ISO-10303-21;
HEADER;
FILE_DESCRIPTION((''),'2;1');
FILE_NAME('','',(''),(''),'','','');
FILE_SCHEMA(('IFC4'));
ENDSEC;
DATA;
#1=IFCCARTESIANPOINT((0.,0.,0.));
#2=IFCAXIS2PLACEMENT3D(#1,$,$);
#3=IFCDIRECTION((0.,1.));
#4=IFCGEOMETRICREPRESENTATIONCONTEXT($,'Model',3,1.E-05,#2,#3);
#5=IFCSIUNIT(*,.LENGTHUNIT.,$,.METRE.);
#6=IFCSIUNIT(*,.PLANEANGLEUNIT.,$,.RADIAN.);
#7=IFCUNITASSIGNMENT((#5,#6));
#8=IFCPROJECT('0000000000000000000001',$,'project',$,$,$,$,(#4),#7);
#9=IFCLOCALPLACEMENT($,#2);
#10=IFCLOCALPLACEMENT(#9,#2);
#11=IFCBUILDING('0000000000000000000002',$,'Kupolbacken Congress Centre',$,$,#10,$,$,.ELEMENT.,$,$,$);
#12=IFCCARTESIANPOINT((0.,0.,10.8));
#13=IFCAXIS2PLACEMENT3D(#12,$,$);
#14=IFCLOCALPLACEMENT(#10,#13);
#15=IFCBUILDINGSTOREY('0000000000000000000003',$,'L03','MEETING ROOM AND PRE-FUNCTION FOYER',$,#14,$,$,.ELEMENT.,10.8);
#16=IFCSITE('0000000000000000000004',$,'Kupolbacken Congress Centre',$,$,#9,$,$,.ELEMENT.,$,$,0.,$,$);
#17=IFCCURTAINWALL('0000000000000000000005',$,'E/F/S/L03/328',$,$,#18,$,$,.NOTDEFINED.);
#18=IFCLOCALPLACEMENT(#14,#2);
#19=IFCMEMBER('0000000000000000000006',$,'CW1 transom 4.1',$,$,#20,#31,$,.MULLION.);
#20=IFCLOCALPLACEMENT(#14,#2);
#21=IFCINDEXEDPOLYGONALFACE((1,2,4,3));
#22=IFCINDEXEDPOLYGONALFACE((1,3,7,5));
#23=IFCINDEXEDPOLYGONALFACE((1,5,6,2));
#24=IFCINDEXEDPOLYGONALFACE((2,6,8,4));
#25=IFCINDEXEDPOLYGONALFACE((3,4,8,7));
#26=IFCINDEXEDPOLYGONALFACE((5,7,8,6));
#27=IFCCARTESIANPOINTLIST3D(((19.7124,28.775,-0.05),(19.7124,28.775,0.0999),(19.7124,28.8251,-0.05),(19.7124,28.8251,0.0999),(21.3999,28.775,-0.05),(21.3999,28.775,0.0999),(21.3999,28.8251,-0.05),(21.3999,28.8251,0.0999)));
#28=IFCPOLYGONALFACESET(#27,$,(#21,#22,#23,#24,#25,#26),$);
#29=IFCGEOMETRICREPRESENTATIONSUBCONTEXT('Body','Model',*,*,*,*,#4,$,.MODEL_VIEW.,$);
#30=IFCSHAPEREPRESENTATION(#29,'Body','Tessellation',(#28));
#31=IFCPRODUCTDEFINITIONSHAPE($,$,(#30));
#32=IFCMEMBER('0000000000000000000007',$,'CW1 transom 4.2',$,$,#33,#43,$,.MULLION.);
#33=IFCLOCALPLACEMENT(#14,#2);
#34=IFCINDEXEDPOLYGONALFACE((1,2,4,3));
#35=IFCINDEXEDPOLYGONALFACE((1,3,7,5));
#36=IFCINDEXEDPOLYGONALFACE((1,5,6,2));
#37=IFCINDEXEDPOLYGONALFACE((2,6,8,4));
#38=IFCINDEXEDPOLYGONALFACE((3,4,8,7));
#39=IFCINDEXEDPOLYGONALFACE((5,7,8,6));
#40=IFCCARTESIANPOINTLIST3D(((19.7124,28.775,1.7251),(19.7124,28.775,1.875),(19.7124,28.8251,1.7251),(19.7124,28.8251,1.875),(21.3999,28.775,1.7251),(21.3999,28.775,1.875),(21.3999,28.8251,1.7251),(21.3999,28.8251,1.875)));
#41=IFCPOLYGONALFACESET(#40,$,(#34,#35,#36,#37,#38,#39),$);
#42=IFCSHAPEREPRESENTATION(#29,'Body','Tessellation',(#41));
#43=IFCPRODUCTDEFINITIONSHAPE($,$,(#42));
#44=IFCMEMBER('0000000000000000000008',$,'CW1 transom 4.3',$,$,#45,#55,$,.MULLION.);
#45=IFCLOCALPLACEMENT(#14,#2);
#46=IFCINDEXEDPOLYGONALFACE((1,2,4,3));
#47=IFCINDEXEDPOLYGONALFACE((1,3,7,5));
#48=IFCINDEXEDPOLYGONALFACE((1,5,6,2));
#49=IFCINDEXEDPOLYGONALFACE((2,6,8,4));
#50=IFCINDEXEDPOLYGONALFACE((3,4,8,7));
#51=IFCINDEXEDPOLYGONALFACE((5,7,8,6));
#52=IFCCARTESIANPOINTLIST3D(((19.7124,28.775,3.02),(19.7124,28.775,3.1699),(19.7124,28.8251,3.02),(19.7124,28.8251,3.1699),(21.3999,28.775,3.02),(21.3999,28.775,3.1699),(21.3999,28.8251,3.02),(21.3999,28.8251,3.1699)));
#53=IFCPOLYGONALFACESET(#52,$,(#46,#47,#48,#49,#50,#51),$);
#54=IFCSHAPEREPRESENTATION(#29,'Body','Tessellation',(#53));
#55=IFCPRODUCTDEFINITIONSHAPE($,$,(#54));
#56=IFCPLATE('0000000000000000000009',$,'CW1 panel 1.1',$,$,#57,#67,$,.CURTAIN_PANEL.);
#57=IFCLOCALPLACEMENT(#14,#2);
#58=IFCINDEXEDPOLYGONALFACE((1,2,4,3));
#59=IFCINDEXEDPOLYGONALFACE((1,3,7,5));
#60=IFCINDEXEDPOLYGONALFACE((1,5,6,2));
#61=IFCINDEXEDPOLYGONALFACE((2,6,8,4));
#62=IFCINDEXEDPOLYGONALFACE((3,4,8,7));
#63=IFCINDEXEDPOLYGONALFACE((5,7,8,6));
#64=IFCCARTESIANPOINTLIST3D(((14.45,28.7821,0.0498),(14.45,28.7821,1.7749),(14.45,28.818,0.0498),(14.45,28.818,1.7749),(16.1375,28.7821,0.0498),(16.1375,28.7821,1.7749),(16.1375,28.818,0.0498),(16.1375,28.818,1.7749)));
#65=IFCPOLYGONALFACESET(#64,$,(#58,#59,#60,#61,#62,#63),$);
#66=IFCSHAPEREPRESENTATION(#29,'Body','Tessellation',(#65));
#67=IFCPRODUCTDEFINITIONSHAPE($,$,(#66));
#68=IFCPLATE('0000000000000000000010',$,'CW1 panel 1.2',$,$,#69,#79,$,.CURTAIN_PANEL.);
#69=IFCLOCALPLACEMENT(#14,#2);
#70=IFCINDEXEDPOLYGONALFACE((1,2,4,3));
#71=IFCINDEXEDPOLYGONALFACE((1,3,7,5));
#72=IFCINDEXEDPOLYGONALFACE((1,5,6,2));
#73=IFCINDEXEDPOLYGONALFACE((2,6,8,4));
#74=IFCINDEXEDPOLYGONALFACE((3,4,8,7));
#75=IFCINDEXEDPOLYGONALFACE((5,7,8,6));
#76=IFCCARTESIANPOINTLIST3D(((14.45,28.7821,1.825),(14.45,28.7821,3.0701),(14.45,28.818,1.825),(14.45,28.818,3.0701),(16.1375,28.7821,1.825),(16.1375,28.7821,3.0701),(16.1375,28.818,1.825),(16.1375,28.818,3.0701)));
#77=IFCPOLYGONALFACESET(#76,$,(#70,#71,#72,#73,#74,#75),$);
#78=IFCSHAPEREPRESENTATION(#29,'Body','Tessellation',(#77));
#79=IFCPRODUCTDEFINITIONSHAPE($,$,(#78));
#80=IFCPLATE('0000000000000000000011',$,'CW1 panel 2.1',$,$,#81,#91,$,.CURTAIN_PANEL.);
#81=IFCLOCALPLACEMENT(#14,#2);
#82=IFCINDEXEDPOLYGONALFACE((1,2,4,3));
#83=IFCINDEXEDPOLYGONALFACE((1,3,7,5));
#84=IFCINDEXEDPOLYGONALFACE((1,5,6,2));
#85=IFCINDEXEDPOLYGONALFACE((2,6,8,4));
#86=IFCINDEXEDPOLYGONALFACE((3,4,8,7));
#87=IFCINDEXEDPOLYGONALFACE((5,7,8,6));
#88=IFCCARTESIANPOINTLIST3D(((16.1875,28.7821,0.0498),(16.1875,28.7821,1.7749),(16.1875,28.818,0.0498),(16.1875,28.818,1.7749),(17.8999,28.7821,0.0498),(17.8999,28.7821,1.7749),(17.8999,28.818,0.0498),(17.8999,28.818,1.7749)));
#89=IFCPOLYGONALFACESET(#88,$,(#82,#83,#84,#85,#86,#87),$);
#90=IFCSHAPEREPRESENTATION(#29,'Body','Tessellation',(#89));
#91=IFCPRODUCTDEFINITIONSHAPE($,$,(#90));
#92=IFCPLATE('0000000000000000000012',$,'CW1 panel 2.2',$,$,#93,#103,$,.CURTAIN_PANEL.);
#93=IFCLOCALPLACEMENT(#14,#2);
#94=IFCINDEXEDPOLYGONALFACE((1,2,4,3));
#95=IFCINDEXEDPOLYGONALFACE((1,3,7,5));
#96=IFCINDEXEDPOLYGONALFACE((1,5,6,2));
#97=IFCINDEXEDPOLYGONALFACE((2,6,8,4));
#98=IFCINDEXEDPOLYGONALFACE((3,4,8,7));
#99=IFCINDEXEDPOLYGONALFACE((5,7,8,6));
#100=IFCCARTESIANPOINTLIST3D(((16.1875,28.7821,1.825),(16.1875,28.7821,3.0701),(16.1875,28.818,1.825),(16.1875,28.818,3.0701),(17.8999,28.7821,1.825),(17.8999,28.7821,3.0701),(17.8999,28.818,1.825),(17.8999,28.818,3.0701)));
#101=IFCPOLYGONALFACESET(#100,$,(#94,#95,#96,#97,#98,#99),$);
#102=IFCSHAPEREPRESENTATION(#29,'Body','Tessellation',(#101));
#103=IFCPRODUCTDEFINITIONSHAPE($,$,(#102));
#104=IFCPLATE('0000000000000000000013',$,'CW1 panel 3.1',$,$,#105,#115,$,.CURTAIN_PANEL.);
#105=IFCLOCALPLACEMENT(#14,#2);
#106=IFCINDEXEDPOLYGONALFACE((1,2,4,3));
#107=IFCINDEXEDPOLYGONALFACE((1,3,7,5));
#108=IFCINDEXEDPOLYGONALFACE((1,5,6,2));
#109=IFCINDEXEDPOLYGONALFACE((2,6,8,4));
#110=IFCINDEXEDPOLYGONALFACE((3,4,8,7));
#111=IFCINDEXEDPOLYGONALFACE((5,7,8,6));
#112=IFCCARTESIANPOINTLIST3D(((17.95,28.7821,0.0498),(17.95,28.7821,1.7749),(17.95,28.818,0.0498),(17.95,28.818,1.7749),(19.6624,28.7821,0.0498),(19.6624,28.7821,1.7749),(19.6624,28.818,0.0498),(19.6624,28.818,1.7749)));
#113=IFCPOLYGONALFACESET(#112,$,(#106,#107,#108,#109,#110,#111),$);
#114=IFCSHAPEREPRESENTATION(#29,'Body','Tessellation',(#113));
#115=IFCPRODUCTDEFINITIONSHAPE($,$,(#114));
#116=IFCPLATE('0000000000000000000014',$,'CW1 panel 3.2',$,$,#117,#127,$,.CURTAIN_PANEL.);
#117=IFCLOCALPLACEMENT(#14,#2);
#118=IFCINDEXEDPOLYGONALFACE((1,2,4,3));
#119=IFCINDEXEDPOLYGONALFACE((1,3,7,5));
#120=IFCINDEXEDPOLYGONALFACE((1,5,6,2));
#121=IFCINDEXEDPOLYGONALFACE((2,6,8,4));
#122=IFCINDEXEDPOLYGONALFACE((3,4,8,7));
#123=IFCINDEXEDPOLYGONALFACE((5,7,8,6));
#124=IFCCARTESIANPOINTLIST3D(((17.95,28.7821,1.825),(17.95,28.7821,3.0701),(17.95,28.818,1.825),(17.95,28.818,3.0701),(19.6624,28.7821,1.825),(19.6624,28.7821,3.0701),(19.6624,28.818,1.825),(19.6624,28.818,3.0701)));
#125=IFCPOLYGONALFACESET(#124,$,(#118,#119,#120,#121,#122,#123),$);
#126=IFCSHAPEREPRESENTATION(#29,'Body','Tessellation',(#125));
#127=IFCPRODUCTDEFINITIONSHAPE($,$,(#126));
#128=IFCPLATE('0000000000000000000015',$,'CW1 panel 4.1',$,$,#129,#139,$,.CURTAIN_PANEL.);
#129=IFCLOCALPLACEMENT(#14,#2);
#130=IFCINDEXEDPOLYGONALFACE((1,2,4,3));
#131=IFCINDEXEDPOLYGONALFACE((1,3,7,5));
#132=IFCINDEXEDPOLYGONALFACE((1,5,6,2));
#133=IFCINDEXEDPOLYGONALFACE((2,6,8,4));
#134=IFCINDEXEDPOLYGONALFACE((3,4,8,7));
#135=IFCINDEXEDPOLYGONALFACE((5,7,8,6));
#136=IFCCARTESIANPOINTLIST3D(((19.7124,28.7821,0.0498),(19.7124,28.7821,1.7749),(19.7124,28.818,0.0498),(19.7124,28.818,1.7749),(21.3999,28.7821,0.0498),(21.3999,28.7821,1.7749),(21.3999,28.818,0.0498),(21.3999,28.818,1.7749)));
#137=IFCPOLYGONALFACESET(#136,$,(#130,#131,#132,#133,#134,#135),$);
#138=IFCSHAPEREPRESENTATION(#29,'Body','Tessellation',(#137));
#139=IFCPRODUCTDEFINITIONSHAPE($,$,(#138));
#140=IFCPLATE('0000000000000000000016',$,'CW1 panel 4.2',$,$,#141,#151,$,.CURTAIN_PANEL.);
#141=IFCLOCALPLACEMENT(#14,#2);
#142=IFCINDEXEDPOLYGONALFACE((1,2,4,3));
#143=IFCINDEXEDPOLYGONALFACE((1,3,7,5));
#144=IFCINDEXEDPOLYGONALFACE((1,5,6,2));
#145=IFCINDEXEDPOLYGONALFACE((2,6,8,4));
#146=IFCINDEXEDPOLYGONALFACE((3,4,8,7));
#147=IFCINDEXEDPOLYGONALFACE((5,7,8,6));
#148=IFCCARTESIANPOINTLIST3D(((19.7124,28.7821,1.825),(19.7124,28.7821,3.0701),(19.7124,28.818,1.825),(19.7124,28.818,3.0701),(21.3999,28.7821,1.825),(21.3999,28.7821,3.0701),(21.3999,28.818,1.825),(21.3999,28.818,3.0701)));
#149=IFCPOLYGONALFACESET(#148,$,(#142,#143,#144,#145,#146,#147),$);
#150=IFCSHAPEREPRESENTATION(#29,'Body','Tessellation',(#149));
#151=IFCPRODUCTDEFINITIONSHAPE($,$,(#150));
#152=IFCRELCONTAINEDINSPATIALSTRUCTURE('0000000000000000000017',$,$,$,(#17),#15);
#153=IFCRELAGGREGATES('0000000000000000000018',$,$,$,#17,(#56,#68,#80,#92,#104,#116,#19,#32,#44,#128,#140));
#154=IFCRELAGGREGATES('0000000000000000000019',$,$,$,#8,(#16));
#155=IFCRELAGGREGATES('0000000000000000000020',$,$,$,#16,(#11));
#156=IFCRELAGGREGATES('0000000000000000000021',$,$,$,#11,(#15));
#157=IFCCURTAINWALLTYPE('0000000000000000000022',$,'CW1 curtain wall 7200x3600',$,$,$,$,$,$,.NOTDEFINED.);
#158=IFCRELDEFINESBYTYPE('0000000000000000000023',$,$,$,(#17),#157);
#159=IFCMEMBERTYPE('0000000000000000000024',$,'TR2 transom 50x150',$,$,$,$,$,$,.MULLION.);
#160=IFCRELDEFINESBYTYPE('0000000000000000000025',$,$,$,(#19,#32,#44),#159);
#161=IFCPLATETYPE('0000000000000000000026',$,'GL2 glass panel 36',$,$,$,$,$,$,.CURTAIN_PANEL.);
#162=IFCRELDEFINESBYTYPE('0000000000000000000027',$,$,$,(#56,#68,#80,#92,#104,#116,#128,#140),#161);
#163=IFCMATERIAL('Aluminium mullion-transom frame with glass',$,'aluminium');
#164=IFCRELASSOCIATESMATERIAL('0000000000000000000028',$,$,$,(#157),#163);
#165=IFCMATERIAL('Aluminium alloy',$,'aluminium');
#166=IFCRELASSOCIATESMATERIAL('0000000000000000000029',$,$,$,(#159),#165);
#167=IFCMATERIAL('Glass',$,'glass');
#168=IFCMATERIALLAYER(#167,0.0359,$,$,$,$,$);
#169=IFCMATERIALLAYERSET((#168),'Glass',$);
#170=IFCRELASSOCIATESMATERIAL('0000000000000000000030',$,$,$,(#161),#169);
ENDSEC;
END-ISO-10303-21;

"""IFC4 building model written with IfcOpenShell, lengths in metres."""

from ifc_helpers import new_model, si_unit, direction, frame, origin, origin_2d, place, context, subcontext, project, spatial, rectangle, extrude, material, layer, layer_set, material_profile, profile_set, type_object, element, aggregate, save


model = new_model("IFC4")

# Units and contexts
model_context = context("Model", 3, precision=1e-05, world=origin(), true_north=direction((0.0, 1.0)))
body_context = subcontext(model_context, "Body", "Model", "MODEL_VIEW")
ifc_project = project(units=[si_unit("LENGTHUNIT", "METRE"), si_unit("PLANEANGLEUNIT", "RADIAN")], contexts=[model_context])

# Site, building, storey
site_placement = place(None, origin())
site = spatial("IfcSite", under=ifc_project, at=site_placement, Name="Kupolbacken Congress Centre", CompositionType="ELEMENT", RefElevation=0.0)
building_placement = place(site_placement, origin())
building = spatial("IfcBuilding", under=site, at=building_placement, Name="Kupolbacken Congress Centre", CompositionType="ELEMENT")
storey_placement = place(building_placement, frame((0.0, 0.0, 10.8)))
storey = spatial("IfcBuildingStorey", under=building, at=storey_placement, Name="L03", Description="MEETING ROOM AND PRE-FUNCTION FOYER", CompositionType="ELEMENT", Elevation=10.8)

# Curtain wall, members, plates
ifc_material_1 = material(Name="Aluminium mullion-transom frame with glass", Category="aluminium")
curtain_wall_type = type_object("IfcCurtainWallType", Name="CW1 curtain wall 7200x3600", PredefinedType="NOTDEFINED", material=ifc_material_1)
curtain_wall_placement = place(storey_placement, origin())
curtain_wall = element("IfcCurtainWall", 1, at=curtain_wall_placement, inside=storey, type_object=curtain_wall_type, Name="E/F/S/L03/328", PredefinedType="NOTDEFINED")
ifc_material_2 = material(Name="Aluminium alloy", Category="aluminium")
ifc_material_profile_1 = material_profile(ifc_material_2, rectangle(XDim=0.05, YDim=0.1499, at=origin_2d()), Name="50 x 150")
ifc_profile_set_1 = profile_set([ifc_material_profile_1], Name="Aluminium alloy")
member_type_1 = type_object("IfcMemberType", Name="TR2 transom 50x150", PredefinedType="MULLION", material=ifc_profile_set_1)
member_1_placement = place(storey_placement, frame((19.7124, 28.8, 0.0249), z_axis=(1.0, 0.0, 0.0), x_axis=(0.0, 1.0, 0.0)))
member_1 = element("IfcMember", 2, at=member_1_placement, type_object=member_type_1, Name="CW1 transom 4.1", PredefinedType="MULLION", context=body_context, shape_type="SweptSolid", body=[
    extrude(rectangle(XDim=0.05, YDim=0.1499, at=origin_2d()), origin(), (0.0, 0.0, 1.0), 1.6875),
])
member_2_placement = place(storey_placement, frame((19.7124, 28.8, 1.8), z_axis=(1.0, 0.0, 0.0), x_axis=(0.0, 1.0, 0.0)))
member_2 = element("IfcMember", 3, at=member_2_placement, type_object=member_type_1, Name="CW1 transom 4.2", PredefinedType="MULLION", context=body_context, shape_type="SweptSolid", body=[
    extrude(rectangle(XDim=0.05, YDim=0.1499, at=origin_2d()), origin(), (0.0, 0.0, 1.0), 1.6875),
])
member_3_placement = place(storey_placement, frame((19.7124, 28.8, 3.095), z_axis=(1.0, 0.0, 0.0), x_axis=(0.0, 1.0, 0.0)))
member_3 = element("IfcMember", 4, at=member_3_placement, type_object=member_type_1, Name="CW1 transom 4.3", PredefinedType="MULLION", context=body_context, shape_type="SweptSolid", body=[
    extrude(rectangle(XDim=0.05, YDim=0.1499, at=origin_2d()), origin(), (0.0, 0.0, 1.0), 1.6875),
])
ifc_material_3 = material(Name="Glass", Category="glass")
ifc_layer = layer(ifc_material_3, 0.0359)
ifc_layer_set = layer_set([ifc_layer], Name="Glass")
plate_type = type_object("IfcPlateType", Name="GL2 glass panel 36", PredefinedType="CURTAIN_PANEL", material=ifc_layer_set)
plate_1_placement = place(storey_placement, frame((15.2937, 28.8, 0.0498), z_axis=(0.0, 0.0, 1.0), x_axis=(1.0, 0.0, 0.0)))
plate_1 = element("IfcPlate", 5, at=plate_1_placement, type_object=plate_type, Name="CW1 panel 1.1", PredefinedType="CURTAIN_PANEL", context=body_context, shape_type="SweptSolid", body=[
    extrude(rectangle(XDim=1.6875, YDim=0.0359, at=origin_2d()), origin(), (0.0, 0.0, 1.0), 1.7251),
])
plate_2_placement = place(storey_placement, frame((15.2937, 28.8, 1.825), z_axis=(0.0, 0.0, 1.0), x_axis=(1.0, 0.0, 0.0)))
plate_2 = element("IfcPlate", 6, at=plate_2_placement, type_object=plate_type, Name="CW1 panel 1.2", PredefinedType="CURTAIN_PANEL", context=body_context, shape_type="SweptSolid", body=[
    extrude(rectangle(XDim=1.6875, YDim=0.0359, at=origin_2d()), origin(), (0.0, 0.0, 1.0), 1.2451),
])
plate_3_placement = place(storey_placement, frame((17.0437, 28.8, 0.0498), z_axis=(0.0, 0.0, 1.0), x_axis=(1.0, 0.0, 0.0)))
plate_3 = element("IfcPlate", 7, at=plate_3_placement, type_object=plate_type, Name="CW1 panel 2.1", PredefinedType="CURTAIN_PANEL", context=body_context, shape_type="SweptSolid", body=[
    extrude(rectangle(XDim=1.7124, YDim=0.0359, at=origin_2d()), origin(), (0.0, 0.0, 1.0), 1.7251),
])
plate_4_placement = place(storey_placement, frame((17.0437, 28.8, 1.825), z_axis=(0.0, 0.0, 1.0), x_axis=(1.0, 0.0, 0.0)))
plate_4 = element("IfcPlate", 8, at=plate_4_placement, type_object=plate_type, Name="CW1 panel 2.2", PredefinedType="CURTAIN_PANEL", context=body_context, shape_type="SweptSolid", body=[
    extrude(rectangle(XDim=1.7124, YDim=0.0359, at=origin_2d()), origin(), (0.0, 0.0, 1.0), 1.2451),
])
plate_5_placement = place(storey_placement, frame((18.8062, 28.8, 0.0498), z_axis=(0.0, 0.0, 1.0), x_axis=(1.0, 0.0, 0.0)))
plate_5 = element("IfcPlate", 9, at=plate_5_placement, type_object=plate_type, Name="CW1 panel 3.1", PredefinedType="CURTAIN_PANEL", context=body_context, shape_type="SweptSolid", body=[
    extrude(rectangle(XDim=1.7124, YDim=0.0359, at=origin_2d()), origin(), (0.0, 0.0, 1.0), 1.7251),
])
plate_6_placement = place(storey_placement, frame((18.8062, 28.8, 1.825), z_axis=(0.0, 0.0, 1.0), x_axis=(1.0, 0.0, 0.0)))
plate_6 = element("IfcPlate", 10, at=plate_6_placement, type_object=plate_type, Name="CW1 panel 3.2", PredefinedType="CURTAIN_PANEL", context=body_context, shape_type="SweptSolid", body=[
    extrude(rectangle(XDim=1.7124, YDim=0.0359, at=origin_2d()), origin(), (0.0, 0.0, 1.0), 1.2451),
])
plate_7_placement = place(storey_placement, frame((20.5562, 28.8, 0.0498), z_axis=(0.0, 0.0, 1.0), x_axis=(1.0, 0.0, 0.0)))
plate_7 = element("IfcPlate", 11, at=plate_7_placement, type_object=plate_type, Name="CW1 panel 4.1", PredefinedType="CURTAIN_PANEL", context=body_context, shape_type="SweptSolid", body=[
    extrude(rectangle(XDim=1.6875, YDim=0.0359, at=origin_2d()), origin(), (0.0, 0.0, 1.0), 1.7251),
])
plate_8_placement = place(storey_placement, frame((20.5562, 28.8, 1.825), z_axis=(0.0, 0.0, 1.0), x_axis=(1.0, 0.0, 0.0)))
plate_8 = element("IfcPlate", 12, at=plate_8_placement, type_object=plate_type, Name="CW1 panel 4.2", PredefinedType="CURTAIN_PANEL", context=body_context, shape_type="SweptSolid", body=[
    extrude(rectangle(XDim=1.6875, YDim=0.0359, at=origin_2d()), origin(), (0.0, 0.0, 1.0), 1.2451),
])
aggregate(curtain_wall, [plate_1, plate_2, plate_3, plate_4, plate_5, plate_6, member_1, member_2, member_3, plate_7, plate_8])

save(model, "model.ifc")
